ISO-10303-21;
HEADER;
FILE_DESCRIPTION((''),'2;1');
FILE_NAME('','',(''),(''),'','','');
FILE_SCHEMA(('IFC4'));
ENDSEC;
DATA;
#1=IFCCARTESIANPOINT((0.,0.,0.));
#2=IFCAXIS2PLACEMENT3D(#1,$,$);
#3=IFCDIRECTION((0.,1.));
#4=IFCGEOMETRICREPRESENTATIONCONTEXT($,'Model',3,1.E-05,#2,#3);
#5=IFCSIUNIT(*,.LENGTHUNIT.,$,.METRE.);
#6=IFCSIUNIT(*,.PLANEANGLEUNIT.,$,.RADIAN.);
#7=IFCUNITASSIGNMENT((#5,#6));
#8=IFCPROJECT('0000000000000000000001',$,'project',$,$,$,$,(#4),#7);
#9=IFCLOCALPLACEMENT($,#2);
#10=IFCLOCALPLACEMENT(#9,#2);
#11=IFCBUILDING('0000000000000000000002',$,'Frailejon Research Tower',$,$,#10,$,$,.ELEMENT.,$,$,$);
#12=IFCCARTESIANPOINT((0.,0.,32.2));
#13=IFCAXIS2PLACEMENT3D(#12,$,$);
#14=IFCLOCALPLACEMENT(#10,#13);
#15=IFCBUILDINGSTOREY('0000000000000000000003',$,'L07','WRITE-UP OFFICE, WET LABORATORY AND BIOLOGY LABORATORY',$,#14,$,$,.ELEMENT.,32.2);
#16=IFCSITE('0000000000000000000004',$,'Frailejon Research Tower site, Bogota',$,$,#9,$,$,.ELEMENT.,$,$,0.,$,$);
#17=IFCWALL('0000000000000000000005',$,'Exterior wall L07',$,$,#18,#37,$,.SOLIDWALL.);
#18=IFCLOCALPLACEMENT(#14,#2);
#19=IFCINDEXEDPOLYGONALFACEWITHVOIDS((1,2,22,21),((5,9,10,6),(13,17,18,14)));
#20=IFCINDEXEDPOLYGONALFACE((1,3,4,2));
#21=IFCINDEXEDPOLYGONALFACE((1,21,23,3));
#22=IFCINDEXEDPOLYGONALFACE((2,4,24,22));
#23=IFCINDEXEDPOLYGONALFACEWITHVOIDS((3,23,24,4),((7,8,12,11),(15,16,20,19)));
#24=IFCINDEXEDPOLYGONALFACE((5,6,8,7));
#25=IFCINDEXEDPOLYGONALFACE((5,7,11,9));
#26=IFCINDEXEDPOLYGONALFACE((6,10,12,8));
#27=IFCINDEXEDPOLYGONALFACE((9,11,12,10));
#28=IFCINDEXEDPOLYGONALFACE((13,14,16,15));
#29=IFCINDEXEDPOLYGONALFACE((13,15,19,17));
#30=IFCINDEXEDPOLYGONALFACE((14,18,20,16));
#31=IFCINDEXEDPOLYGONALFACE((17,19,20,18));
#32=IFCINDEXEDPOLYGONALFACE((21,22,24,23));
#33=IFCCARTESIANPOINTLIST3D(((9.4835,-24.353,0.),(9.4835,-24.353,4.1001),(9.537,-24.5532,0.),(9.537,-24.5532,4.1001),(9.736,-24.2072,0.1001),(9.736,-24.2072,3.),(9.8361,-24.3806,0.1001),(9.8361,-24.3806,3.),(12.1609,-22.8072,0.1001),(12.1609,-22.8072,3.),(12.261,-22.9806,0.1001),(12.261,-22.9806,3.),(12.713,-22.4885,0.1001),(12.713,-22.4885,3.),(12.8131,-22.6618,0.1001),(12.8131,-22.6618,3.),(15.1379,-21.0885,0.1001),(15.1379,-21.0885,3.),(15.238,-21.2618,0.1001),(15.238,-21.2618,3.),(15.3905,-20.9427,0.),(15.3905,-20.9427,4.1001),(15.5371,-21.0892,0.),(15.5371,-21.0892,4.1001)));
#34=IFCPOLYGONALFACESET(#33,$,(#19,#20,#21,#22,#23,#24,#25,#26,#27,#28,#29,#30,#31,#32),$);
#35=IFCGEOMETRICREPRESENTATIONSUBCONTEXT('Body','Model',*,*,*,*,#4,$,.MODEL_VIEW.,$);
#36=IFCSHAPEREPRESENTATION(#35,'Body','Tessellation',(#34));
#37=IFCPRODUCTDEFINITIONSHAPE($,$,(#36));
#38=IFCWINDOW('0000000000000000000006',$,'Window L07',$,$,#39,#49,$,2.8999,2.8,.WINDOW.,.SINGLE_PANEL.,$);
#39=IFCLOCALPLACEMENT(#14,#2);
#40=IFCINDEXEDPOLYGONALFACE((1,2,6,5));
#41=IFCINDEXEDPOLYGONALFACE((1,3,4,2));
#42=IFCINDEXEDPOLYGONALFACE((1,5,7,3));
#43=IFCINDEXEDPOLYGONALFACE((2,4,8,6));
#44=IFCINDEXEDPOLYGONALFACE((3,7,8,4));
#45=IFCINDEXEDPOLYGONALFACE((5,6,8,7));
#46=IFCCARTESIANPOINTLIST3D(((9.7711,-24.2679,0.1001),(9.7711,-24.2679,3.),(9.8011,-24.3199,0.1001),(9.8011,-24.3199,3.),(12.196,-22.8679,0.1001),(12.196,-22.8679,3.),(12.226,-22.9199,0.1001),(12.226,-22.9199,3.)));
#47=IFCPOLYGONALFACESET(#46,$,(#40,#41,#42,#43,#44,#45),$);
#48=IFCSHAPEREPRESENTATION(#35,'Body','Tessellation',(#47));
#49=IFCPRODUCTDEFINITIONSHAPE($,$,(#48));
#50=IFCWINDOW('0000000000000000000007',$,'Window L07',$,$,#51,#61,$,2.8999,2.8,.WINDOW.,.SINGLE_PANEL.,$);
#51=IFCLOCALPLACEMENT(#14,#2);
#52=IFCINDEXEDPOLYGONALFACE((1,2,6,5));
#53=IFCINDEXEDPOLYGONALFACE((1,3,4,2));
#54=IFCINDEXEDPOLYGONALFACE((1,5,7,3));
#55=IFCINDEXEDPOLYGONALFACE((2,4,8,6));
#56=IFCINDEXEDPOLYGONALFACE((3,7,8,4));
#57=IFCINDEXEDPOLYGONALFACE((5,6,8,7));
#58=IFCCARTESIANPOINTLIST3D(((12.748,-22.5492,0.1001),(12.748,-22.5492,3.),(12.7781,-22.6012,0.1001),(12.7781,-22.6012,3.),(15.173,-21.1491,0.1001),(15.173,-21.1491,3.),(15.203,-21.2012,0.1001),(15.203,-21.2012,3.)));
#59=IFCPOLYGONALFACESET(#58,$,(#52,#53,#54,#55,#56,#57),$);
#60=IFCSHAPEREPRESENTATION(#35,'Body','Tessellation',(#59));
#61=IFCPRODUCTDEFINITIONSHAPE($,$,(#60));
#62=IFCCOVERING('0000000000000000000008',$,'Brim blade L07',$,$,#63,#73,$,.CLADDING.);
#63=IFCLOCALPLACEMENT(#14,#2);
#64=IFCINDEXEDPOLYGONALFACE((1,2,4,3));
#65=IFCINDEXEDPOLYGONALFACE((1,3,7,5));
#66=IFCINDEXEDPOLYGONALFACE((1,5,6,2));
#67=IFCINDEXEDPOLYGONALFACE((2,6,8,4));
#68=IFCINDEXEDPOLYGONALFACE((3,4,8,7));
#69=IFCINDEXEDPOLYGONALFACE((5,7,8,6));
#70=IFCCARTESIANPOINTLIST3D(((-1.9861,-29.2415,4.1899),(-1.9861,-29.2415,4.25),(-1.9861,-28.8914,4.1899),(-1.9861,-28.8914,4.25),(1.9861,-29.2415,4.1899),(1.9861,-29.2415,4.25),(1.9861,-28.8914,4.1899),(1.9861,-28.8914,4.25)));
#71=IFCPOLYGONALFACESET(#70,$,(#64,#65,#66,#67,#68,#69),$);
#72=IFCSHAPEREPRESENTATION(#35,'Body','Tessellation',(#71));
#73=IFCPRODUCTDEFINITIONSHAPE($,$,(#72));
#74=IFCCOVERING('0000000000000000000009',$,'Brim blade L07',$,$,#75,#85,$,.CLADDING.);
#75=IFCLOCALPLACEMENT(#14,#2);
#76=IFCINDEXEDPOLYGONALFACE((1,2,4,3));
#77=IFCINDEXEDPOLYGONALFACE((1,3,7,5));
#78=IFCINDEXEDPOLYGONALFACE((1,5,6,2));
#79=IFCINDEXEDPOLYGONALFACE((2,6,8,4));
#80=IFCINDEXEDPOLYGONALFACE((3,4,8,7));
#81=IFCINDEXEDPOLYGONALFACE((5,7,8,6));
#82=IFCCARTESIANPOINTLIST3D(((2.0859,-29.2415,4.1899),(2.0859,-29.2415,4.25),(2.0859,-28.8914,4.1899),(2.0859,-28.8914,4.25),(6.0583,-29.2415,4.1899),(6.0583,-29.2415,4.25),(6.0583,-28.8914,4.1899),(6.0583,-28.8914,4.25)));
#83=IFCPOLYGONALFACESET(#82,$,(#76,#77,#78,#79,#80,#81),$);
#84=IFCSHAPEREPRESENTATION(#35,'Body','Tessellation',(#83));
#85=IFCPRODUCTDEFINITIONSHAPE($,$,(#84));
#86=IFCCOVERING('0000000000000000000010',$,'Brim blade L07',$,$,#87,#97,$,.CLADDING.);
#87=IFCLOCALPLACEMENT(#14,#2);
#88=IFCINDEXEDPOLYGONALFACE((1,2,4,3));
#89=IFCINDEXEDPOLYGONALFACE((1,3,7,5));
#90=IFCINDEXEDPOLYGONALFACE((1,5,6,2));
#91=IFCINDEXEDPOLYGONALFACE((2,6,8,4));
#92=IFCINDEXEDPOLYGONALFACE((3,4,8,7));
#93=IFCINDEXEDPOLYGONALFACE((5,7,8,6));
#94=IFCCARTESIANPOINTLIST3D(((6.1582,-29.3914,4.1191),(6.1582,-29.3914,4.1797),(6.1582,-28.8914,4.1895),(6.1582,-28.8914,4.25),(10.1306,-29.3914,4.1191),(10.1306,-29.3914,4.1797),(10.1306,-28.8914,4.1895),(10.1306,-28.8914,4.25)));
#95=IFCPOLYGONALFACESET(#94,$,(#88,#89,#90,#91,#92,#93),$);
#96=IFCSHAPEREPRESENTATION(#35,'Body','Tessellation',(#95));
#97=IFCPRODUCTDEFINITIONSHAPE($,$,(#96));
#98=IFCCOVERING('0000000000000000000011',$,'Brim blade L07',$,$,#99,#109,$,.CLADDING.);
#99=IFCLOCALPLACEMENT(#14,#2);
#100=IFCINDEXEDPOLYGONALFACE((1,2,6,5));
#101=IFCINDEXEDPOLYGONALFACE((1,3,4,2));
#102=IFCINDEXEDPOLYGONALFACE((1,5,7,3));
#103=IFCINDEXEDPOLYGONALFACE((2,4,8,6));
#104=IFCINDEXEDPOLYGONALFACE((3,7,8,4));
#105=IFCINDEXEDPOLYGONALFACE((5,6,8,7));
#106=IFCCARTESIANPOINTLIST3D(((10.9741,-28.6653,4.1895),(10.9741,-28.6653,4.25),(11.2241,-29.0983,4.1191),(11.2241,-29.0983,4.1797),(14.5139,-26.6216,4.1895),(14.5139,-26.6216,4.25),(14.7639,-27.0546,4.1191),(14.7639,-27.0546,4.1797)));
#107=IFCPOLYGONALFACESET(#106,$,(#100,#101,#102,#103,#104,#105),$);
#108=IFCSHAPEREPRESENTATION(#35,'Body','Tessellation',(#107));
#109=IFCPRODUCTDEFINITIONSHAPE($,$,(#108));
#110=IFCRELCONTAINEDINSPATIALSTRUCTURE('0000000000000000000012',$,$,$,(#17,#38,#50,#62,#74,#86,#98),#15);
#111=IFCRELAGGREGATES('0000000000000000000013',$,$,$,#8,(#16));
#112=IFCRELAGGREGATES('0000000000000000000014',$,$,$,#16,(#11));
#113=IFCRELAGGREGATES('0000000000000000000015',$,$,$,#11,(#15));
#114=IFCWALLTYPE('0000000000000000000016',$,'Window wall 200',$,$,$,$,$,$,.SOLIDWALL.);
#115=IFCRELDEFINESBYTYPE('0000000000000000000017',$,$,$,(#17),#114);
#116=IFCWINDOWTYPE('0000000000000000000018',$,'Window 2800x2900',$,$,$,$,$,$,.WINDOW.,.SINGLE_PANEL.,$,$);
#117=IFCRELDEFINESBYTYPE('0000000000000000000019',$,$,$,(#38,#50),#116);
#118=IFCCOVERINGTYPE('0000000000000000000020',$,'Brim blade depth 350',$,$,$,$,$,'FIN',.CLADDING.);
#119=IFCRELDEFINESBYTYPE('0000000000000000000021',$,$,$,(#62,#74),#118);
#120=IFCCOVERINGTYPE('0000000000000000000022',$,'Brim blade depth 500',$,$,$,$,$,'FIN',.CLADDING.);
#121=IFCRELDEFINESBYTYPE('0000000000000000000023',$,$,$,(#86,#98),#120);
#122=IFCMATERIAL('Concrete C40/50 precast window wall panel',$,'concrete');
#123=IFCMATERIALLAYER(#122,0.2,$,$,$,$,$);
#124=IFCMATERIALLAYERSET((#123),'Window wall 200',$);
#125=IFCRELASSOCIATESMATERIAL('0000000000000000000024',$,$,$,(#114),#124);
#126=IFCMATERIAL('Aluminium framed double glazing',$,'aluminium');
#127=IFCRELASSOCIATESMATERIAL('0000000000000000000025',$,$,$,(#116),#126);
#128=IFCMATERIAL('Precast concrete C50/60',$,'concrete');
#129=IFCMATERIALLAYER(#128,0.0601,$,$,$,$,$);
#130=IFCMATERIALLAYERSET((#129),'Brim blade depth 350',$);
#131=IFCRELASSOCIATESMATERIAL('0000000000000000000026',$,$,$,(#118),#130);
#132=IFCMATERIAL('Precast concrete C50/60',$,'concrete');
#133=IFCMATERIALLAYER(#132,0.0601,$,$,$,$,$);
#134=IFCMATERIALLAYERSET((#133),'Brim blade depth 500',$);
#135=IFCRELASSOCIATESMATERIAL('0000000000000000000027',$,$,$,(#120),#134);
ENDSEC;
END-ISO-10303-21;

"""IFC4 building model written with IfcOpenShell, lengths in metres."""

from ifc_helpers import new_model, si_unit, direction, frame, frame_2d, origin, place, context, subcontext, project, spatial, polyline, rectangle, outline, extrude, material, layer, layer_set, type_object, element, fill, save


model = new_model("IFC4")

# Units and contexts
model_context = context("Model", 3, precision=1e-05, world=origin(), true_north=direction((0.0, 1.0)))
body_context = subcontext(model_context, "Body", "Model", "MODEL_VIEW")
ifc_project = project(units=[si_unit("LENGTHUNIT", "METRE"), si_unit("PLANEANGLEUNIT", "RADIAN")], contexts=[model_context])

# Site, building, storey
site_placement = place(None, origin())
site = spatial("IfcSite", under=ifc_project, at=site_placement, Name="Frailejon Research Tower site, Bogota", CompositionType="ELEMENT", RefElevation=0.0)
building_placement = place(site_placement, origin())
building = spatial("IfcBuilding", under=site, at=building_placement, Name="Frailejon Research Tower", CompositionType="ELEMENT")
storey_placement = place(building_placement, frame((0.0, 0.0, 32.2)))
storey = spatial("IfcBuildingStorey", under=building, at=storey_placement, Name="L07", Description="WRITE-UP OFFICE, WET LABORATORY AND BIOLOGY LABORATORY", CompositionType="ELEMENT", Elevation=32.2)

# Wall, openings, windows
ifc_material_1 = material(Name="Concrete C40/50 precast window wall panel", Category="concrete")
ifc_layer_1 = layer(ifc_material_1, 0.2)
ifc_layer_set_1 = layer_set([ifc_layer_1], Name="Window wall 200")
wall_type_1 = type_object("IfcWallType", Name="Window wall 200", PredefinedType="SOLIDWALL", material=ifc_layer_set_1)
wall_1_placement = place(storey_placement, frame((9.5103, -24.4531, 0.0), z_axis=(0.0, 0.0, 1.0), x_axis=(0.866029, 0.499993, 0.0)))
wall_1 = element("IfcWall", 1, at=wall_1_placement, inside=storey, type_object=wall_type_1, Name="Exterior wall L07", PredefinedType="SOLIDWALL", context=body_context, shape_type="SweptSolid", body=[
    extrude(outline(polyline([(-0.0269, -0.1001), (1.1279, -0.1001), (2.2825, -0.1001), (3.4373, -0.1001), (4.592, -0.1001), (5.7466, -0.1001), (6.9014, -0.1001), (6.8477, 0.1001), (5.7109, 0.1001), (4.574, 0.1001), (3.4373, 0.1001), (2.3005, 0.1001), (1.1636, 0.1001), (0.0269, 0.1001), (-0.0269, -0.1001)])), origin(), (0.0, 0.0, 1.0), 4.1001),
])
opening_1_placement = place(wall_1_placement, frame((0.3186, 0.0, 0.1001)))
opening_1 = element("IfcOpeningElement", 2, at=opening_1_placement, cuts=wall_1, PredefinedType="OPENING", context=body_context, shape_type="SweptSolid", body=[
    extrude(rectangle(XDim=2.8, YDim=2.8999, at=frame_2d((1.3999, 1.45))), frame((0.0, 0.1099, 0.0), z_axis=(0.0, -1.0, 0.0), x_axis=(1.0, 0.0, 0.0)), (0.0, 0.0, 1.0), 0.22),
])
opening_2_placement = place(wall_1_placement, frame((3.7561, 0.0, 0.1001)))
opening_2 = element("IfcOpeningElement", 3, at=opening_2_placement, cuts=wall_1, PredefinedType="OPENING", context=body_context, shape_type="SweptSolid", body=[
    extrude(rectangle(XDim=2.8, YDim=2.8999, at=frame_2d((1.3999, 1.45))), frame((0.0, 0.1099, 0.0), z_axis=(0.0, -1.0, 0.0), x_axis=(1.0, 0.0, 0.0)), (0.0, 0.0, 1.0), 0.22),
])
ifc_material_2 = material(Name="Aluminium framed double glazing", Category="aluminium")
window_type_1 = type_object("IfcWindowType", Name="Window 2800x2900", PartitioningType="SINGLE_PANEL", PredefinedType="WINDOW", material=ifc_material_2)
window_1_placement = place(opening_1_placement, origin())
window_1 = element("IfcWindow", 4, at=window_1_placement, inside=storey, type_object=window_type_1, Name="Window L07", OverallHeight=2.8999, OverallWidth=2.8, PartitioningType="SINGLE_PANEL", PredefinedType="WINDOW", context=body_context, shape_type="SweptSolid", body=[
    extrude(rectangle(XDim=2.8, YDim=2.8999, at=frame_2d((1.3999, 1.45))), frame((0.0, 0.03, 0.0), z_axis=(0.0, -1.0, 0.0), x_axis=(1.0, 0.0, 0.0)), (0.0, 0.0, 1.0), 0.0601),
])
fill(opening_1, window_1)
window_2_placement = place(opening_2_placement, origin())
window_2 = element("IfcWindow", 5, at=window_2_placement, inside=storey, type_object=window_type_1, Name="Window L07", OverallHeight=2.8999, OverallWidth=2.8, PartitioningType="SINGLE_PANEL", PredefinedType="WINDOW", context=body_context, shape_type="SweptSolid", body=[
    extrude(rectangle(XDim=2.8, YDim=2.8999, at=frame_2d((1.3999, 1.45))), frame((0.0, 0.03, 0.0), z_axis=(0.0, -1.0, 0.0), x_axis=(1.0, 0.0, 0.0)), (0.0, 0.0, 1.0), 0.0601),
])
fill(opening_2, window_2)

# Coverings
ifc_material_3 = material(Name="Precast concrete C50/60", Category="concrete")
ifc_layer_2 = layer(ifc_material_3, 0.0601)
ifc_layer_set_2 = layer_set([ifc_layer_2], Name="Brim blade depth 350")
covering_type_1 = type_object("IfcCoveringType", Name="Brim blade depth 350", ElementType="FIN", PredefinedType="CLADDING", material=ifc_layer_set_2)
covering_1_placement = place(storey_placement, frame((1.9861, -28.8914, 4.25), z_axis=(-1.0, 0.0, 0.0), x_axis=(0.0, -1.0, 0.0)))
element("IfcCovering", 6, at=covering_1_placement, inside=storey, type_object=covering_type_1, Name="Brim blade L07", PredefinedType="CLADDING", context=body_context, shape_type="SweptSolid", body=[
    extrude(outline(polyline([(0.0, -0.0601), (0.3501, -0.0601), (0.3501, 0.0), (0.0, 0.0), (0.0, -0.0601)])), origin(), (0.0, 0.0, 1.0), 3.9722),
])
covering_2_placement = place(storey_placement, frame((6.0583, -28.8914, 4.25), z_axis=(-1.0, 0.0, 0.0), x_axis=(0.0, -1.0, 0.0)))
element("IfcCovering", 7, at=covering_2_placement, inside=storey, type_object=covering_type_1, Name="Brim blade L07", PredefinedType="CLADDING", context=body_context, shape_type="SweptSolid", body=[
    extrude(outline(polyline([(0.0, -0.0601), (0.3501, -0.0601), (0.3501, 0.0), (0.0, 0.0), (0.0, -0.0601)])), origin(), (0.0, 0.0, 1.0), 3.9724),
])
ifc_material_4 = material(Name="Precast concrete C50/60", Category="concrete")
ifc_layer_3 = layer(ifc_material_4, 0.0601)
ifc_layer_set_3 = layer_set([ifc_layer_3], Name="Brim blade depth 500")
covering_type_2 = type_object("IfcCoveringType", Name="Brim blade depth 500", ElementType="FIN", PredefinedType="CLADDING", material=ifc_layer_set_3)
covering_3_placement = place(storey_placement, frame((10.1306, -28.8914, 4.25), z_axis=(-1.0, 0.0, 0.0), x_axis=(0.0, -1.0, 0.0)))
element("IfcCovering", 8, at=covering_3_placement, inside=storey, type_object=covering_type_2, Name="Brim blade L07", PredefinedType="CLADDING", context=body_context, shape_type="SweptSolid", body=[
    extrude(outline(polyline([(0.0, -0.0605), (0.5, -0.1309), (0.5, -0.0703), (0.0, 0.0), (0.0, -0.0605)])), origin(), (0.0, 0.0, 1.0), 3.9724),
])
covering_4_placement = place(storey_placement, frame((14.5139, -26.6216, 4.25), z_axis=(-0.866021, -0.500007, 0.0), x_axis=(0.500007, -0.866021, 0.0)))
element("IfcCovering", 9, at=covering_4_placement, inside=storey, type_object=covering_type_2, Name="Brim blade L07", PredefinedType="CLADDING", context=body_context, shape_type="SweptSolid", body=[
    extrude(outline(polyline([(0.0, -0.0605), (0.5, -0.1309), (0.5, -0.0703), (0.0, 0.0), (0.0, -0.0605)])), origin(), (0.0, 0.0, 1.0), 4.0874),
])

save(model, "model.ifc")
